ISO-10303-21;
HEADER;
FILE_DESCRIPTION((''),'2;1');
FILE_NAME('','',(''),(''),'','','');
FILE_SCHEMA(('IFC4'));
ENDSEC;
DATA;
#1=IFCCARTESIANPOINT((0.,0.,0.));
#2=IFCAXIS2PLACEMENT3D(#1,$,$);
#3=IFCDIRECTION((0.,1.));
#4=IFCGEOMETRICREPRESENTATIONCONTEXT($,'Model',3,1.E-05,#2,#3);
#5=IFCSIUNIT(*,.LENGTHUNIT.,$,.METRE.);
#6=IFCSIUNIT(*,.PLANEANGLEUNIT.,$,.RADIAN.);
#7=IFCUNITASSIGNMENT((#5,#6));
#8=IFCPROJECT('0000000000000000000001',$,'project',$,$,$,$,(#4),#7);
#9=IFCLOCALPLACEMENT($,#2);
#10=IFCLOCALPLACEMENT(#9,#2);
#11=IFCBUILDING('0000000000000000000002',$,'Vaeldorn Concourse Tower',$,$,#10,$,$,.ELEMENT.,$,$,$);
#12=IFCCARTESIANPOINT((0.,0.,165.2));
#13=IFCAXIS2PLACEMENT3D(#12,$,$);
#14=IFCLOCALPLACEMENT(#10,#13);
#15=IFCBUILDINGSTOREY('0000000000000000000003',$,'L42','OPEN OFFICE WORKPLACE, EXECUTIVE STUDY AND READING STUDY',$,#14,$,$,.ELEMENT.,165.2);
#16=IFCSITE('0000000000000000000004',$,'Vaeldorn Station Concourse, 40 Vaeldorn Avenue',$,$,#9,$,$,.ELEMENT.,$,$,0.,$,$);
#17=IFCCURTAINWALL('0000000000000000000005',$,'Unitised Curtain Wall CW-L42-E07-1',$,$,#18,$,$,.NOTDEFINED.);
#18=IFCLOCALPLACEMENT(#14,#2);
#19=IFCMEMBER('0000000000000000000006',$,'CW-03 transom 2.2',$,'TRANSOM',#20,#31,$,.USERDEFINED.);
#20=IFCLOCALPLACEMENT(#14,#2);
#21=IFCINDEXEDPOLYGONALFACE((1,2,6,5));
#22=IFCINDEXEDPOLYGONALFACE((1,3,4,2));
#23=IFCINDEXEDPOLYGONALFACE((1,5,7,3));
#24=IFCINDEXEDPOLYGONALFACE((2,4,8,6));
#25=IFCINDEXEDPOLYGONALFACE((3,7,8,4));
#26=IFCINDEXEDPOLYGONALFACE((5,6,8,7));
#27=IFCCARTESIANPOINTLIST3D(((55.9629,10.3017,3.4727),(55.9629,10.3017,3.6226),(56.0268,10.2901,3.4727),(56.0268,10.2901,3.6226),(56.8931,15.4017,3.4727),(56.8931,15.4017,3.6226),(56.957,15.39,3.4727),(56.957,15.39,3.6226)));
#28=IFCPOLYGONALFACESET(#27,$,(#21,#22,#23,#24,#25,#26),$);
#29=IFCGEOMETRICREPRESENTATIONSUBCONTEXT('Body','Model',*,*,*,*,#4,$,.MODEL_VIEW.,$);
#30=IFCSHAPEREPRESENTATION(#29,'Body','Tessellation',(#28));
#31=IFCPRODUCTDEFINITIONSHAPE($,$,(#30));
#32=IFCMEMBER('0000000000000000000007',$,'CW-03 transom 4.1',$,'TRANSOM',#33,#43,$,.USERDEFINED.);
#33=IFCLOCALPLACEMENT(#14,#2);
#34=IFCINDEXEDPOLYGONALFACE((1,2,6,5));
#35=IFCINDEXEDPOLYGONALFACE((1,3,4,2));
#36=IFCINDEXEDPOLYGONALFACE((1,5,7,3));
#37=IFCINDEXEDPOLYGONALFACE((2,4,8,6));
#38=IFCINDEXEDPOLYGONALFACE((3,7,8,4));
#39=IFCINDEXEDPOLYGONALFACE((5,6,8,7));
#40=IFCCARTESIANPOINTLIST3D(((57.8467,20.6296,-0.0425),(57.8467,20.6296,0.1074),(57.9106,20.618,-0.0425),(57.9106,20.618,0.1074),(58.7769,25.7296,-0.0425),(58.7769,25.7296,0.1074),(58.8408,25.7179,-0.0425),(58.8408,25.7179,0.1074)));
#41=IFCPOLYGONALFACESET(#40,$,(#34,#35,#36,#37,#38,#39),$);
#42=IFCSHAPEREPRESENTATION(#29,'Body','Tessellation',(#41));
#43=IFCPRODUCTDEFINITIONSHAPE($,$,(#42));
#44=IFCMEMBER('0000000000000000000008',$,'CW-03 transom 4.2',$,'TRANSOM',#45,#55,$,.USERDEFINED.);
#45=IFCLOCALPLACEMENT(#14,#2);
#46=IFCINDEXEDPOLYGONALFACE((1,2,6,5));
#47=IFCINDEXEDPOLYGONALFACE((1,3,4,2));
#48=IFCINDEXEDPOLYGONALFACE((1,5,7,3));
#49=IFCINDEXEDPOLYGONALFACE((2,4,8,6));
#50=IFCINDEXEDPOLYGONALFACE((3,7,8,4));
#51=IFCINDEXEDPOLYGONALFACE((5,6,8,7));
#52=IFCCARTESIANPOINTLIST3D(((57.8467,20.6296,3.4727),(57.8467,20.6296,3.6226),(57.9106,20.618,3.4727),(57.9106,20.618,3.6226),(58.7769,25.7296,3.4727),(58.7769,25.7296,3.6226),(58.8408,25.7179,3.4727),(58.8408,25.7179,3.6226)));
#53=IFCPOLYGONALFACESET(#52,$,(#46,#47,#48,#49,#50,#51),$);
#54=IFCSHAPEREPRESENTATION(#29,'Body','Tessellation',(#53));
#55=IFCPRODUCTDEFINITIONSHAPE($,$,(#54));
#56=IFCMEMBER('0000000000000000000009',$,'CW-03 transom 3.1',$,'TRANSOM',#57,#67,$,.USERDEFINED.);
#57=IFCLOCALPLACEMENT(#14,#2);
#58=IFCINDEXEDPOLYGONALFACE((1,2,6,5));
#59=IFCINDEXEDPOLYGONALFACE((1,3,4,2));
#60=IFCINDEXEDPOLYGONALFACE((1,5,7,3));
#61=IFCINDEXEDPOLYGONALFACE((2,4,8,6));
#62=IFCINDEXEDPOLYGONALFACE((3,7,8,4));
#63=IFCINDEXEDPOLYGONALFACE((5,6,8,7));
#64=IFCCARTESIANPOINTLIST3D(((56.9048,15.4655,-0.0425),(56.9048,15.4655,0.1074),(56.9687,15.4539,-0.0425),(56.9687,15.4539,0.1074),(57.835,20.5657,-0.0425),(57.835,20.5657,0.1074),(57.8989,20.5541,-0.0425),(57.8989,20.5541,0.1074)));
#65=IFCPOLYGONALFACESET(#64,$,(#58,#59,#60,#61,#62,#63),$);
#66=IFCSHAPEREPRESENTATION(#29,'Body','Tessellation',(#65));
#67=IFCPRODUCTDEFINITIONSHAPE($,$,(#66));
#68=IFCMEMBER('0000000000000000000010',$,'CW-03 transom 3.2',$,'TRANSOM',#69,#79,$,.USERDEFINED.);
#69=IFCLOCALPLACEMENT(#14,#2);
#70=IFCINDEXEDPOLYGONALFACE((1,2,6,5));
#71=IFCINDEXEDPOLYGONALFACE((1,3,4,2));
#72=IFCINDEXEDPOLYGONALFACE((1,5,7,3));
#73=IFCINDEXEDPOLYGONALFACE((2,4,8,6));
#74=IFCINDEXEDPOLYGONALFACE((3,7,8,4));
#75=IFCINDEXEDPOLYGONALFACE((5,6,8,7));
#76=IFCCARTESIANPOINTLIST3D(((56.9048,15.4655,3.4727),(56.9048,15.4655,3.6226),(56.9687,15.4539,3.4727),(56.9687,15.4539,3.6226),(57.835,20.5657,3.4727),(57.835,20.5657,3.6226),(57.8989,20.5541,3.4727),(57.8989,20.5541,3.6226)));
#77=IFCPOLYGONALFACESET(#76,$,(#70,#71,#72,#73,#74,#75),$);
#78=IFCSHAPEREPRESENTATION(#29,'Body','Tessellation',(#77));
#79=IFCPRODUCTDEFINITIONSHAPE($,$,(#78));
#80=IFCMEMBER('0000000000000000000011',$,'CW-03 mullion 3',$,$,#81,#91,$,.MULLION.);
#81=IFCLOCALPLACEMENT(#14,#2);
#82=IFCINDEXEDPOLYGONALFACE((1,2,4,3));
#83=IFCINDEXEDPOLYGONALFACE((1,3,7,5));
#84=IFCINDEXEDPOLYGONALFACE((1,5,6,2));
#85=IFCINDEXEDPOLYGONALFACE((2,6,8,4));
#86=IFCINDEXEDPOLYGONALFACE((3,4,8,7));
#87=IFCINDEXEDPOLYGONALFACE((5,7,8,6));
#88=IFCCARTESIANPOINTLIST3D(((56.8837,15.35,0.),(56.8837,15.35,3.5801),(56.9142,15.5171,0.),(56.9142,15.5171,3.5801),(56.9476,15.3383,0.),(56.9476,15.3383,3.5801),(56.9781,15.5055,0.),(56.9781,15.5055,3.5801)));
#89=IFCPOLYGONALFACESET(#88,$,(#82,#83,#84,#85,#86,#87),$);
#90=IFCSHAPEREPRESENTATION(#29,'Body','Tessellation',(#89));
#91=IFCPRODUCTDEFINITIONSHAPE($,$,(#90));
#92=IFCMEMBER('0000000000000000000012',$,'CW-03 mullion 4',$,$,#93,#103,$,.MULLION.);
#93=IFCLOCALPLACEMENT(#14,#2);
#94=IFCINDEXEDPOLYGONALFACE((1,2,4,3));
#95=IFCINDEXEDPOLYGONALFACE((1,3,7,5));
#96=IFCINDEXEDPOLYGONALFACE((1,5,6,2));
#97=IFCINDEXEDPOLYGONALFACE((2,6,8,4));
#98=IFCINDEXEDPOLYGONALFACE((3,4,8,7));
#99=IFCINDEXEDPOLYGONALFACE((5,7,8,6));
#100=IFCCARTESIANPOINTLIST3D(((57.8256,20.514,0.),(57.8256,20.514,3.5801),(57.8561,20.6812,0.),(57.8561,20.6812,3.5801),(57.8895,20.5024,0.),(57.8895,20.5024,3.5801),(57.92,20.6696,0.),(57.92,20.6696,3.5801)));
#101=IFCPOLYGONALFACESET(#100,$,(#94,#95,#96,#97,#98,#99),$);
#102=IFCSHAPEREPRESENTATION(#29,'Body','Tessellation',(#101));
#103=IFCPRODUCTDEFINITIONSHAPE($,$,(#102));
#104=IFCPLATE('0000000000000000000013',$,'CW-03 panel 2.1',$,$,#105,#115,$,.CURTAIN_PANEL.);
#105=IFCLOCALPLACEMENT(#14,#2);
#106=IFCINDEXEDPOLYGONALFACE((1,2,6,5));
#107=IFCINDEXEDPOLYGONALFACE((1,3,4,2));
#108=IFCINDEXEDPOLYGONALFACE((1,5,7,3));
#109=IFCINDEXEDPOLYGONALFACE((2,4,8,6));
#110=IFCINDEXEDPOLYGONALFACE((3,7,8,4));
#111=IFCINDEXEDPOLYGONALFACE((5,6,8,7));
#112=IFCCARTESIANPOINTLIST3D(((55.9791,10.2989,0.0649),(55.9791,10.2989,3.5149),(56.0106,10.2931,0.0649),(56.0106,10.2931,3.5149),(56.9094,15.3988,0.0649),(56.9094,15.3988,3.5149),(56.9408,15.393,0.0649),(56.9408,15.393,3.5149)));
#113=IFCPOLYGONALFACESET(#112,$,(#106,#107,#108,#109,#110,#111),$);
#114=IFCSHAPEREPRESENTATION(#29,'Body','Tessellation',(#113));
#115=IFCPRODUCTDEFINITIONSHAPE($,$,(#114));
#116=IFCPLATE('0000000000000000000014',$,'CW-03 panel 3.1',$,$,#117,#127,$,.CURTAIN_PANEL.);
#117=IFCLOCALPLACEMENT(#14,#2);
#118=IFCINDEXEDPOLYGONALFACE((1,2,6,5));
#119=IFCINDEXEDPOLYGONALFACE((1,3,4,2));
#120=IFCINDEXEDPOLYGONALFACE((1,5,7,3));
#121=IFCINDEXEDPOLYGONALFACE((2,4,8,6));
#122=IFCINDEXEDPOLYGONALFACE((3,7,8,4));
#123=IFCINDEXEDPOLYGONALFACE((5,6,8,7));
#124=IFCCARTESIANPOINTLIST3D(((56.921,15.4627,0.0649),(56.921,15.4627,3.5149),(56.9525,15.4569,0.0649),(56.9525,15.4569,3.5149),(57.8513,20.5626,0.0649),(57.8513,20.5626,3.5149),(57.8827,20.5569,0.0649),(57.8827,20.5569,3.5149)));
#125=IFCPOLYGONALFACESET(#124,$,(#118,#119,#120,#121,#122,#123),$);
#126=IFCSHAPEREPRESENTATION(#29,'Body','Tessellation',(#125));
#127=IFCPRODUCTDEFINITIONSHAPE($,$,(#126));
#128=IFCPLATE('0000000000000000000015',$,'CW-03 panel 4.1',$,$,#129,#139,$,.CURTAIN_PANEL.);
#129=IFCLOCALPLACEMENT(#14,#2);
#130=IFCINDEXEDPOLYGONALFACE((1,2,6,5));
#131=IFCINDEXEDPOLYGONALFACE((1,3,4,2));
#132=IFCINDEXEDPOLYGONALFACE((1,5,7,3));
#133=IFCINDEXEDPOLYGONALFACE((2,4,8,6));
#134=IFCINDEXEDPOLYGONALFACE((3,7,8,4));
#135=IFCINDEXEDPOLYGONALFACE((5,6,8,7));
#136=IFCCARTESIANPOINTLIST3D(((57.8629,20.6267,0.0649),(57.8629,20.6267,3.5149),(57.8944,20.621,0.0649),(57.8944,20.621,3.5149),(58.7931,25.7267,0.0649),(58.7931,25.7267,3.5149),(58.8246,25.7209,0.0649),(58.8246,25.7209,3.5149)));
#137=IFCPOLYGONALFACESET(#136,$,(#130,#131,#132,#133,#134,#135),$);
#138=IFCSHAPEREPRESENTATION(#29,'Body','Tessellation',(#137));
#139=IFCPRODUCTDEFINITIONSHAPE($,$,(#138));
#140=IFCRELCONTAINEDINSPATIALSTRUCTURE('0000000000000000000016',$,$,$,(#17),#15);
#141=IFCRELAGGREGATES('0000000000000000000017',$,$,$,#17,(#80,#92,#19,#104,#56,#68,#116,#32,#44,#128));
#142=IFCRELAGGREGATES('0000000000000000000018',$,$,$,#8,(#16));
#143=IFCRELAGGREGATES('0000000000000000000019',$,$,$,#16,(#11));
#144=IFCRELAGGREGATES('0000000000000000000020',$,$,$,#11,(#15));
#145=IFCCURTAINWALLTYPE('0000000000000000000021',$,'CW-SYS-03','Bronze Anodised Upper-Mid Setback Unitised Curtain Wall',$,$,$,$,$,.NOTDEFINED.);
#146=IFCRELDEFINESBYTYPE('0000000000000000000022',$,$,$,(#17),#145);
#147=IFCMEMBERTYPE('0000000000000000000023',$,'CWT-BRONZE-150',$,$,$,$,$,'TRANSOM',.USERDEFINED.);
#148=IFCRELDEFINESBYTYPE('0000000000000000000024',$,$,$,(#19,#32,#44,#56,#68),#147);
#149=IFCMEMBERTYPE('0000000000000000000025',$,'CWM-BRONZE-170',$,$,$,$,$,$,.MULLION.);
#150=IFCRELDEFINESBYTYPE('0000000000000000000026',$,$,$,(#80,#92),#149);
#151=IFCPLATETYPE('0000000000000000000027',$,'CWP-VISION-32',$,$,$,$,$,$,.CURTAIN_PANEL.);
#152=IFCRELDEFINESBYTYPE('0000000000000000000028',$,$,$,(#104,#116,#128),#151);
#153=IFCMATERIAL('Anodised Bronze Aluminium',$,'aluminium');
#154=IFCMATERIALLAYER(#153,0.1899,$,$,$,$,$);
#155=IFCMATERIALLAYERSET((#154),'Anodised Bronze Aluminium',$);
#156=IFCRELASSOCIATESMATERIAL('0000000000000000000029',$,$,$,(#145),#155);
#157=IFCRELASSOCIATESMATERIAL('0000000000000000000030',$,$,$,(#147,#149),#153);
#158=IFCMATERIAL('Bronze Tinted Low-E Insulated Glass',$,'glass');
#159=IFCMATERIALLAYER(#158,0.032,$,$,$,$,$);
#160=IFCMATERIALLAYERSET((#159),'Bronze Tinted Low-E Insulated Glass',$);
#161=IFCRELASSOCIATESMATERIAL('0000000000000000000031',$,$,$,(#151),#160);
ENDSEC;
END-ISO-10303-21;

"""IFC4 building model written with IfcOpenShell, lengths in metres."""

from ifc_helpers import new_model, si_unit, direction, frame, origin, origin_2d, place, context, subcontext, project, spatial, rectangle, extrude, source, transform, mapped, material, layer, layer_set, material_profile, profile_set, type_object, element, aggregate, save


model = new_model("IFC4")

# Units and contexts
model_context = context("Model", 3, precision=1e-05, world=origin(), true_north=direction((0.0, 1.0)))
body_context = subcontext(model_context, "Body", "Model", "MODEL_VIEW")
ifc_project = project(units=[si_unit("LENGTHUNIT", "METRE"), si_unit("PLANEANGLEUNIT", "RADIAN")], contexts=[model_context])

# Site, building, storey
site_placement = place(None, origin())
site = spatial("IfcSite", under=ifc_project, at=site_placement, Name="Vaeldorn Station Concourse, 40 Vaeldorn Avenue", CompositionType="ELEMENT", RefElevation=0.0)
building_placement = place(site_placement, origin())
building = spatial("IfcBuilding", under=site, at=building_placement, Name="Vaeldorn Concourse Tower", CompositionType="ELEMENT")
storey_placement = place(building_placement, frame((0.0, 0.0, 165.2)))
storey = spatial("IfcBuildingStorey", under=building, at=storey_placement, Name="L42", Description="OPEN OFFICE WORKPLACE, EXECUTIVE STUDY AND READING STUDY", CompositionType="ELEMENT", Elevation=165.2)

# Curtain wall, members, plates
ifc_material_1 = material(Name="Anodised Bronze Aluminium", Category="aluminium")
ifc_layer_1 = layer(ifc_material_1, 0.1899)
ifc_layer_set_1 = layer_set([ifc_layer_1], Name="Anodised Bronze Aluminium")
curtain_wall_type = type_object("IfcCurtainWallType", Name="CW-SYS-03", Description="Bronze Anodised Upper-Mid Setback Unitised Curtain Wall", PredefinedType="NOTDEFINED", material=ifc_layer_set_1)
curtain_wall_placement = place(storey_placement, origin())
curtain_wall = element("IfcCurtainWall", 1, at=curtain_wall_placement, inside=storey, type_object=curtain_wall_type, Name="Unitised Curtain Wall CW-L42-E07-1", PredefinedType="NOTDEFINED")
ifc_material_profile_1 = material_profile(ifc_material_1, rectangle(XDim=0.0649, YDim=0.1499, at=origin_2d()), Name="CWT 65x150")
ifc_profile_set_1 = profile_set([ifc_material_profile_1], Name="Anodised Bronze Aluminium")
member_type_1 = type_object("IfcMemberType", Name="CWT-BRONZE-150", ElementType="TRANSOM", PredefinedType="USERDEFINED", material=ifc_profile_set_1)
shared_shape_1 = source(origin(), body_context, "Body", "SweptSolid", [
    extrude(rectangle(XDim=0.0649, YDim=0.1499, at=origin_2d()), origin(), (0.0, 0.0, 1.0), 5.1841),
])
member_1_placement = place(storey_placement, frame((55.9949, 10.2959, 3.5476), z_axis=(0.179432, 0.98377, 0.0), x_axis=(-0.98377, 0.179432, 0.0)))
member_1 = element("IfcMember", 2, at=member_1_placement, type_object=member_type_1, Name="CW-03 transom 2.2", ObjectType="TRANSOM", PredefinedType="USERDEFINED", context=body_context, shape_type="MappedRepresentation", body=[
    mapped(shared_shape_1, transform((0.0, 0.0, 0.0), scale=1.0)),
])
member_2_placement = place(storey_placement, frame((57.8787, 20.6238, 0.0325), z_axis=(0.179432, 0.98377, 0.0), x_axis=(-0.98377, 0.179432, 0.0)))
member_2 = element("IfcMember", 3, at=member_2_placement, type_object=member_type_1, Name="CW-03 transom 4.1", ObjectType="TRANSOM", PredefinedType="USERDEFINED", context=body_context, shape_type="MappedRepresentation", body=[
    mapped(shared_shape_1, transform((0.0, 0.0, 0.0), scale=1.0)),
])
member_3_placement = place(storey_placement, frame((57.8787, 20.6238, 3.5476), z_axis=(0.179432, 0.98377, 0.0), x_axis=(-0.98377, 0.179432, 0.0)))
member_3 = element("IfcMember", 4, at=member_3_placement, type_object=member_type_1, Name="CW-03 transom 4.2", ObjectType="TRANSOM", PredefinedType="USERDEFINED", context=body_context, shape_type="MappedRepresentation", body=[
    mapped(shared_shape_1, transform((0.0, 0.0, 0.0), scale=1.0)),
])
shared_shape_2 = source(origin(), body_context, "Body", "SweptSolid", [
    extrude(rectangle(XDim=0.0649, YDim=0.1499, at=origin_2d()), origin(), (0.0, 0.0, 1.0), 5.1843),
])
member_4_placement = place(storey_placement, frame((56.9368, 15.4597, 0.0325), z_axis=(0.179424, 0.983772, 0.0), x_axis=(-0.983772, 0.179424, 0.0)))
member_4 = element("IfcMember", 5, at=member_4_placement, type_object=member_type_1, Name="CW-03 transom 3.1", ObjectType="TRANSOM", PredefinedType="USERDEFINED", context=body_context, shape_type="MappedRepresentation", body=[
    mapped(shared_shape_2, transform((0.0, 0.0, 0.0), scale=1.0)),
])
member_5_placement = place(storey_placement, frame((56.9368, 15.4597, 3.5476), z_axis=(0.179424, 0.983772, 0.0), x_axis=(-0.983772, 0.179424, 0.0)))
member_5 = element("IfcMember", 6, at=member_5_placement, type_object=member_type_1, Name="CW-03 transom 3.2", ObjectType="TRANSOM", PredefinedType="USERDEFINED", context=body_context, shape_type="MappedRepresentation", body=[
    mapped(shared_shape_2, transform((0.0, 0.0, 0.0), scale=1.0)),
])
ifc_material_profile_2 = material_profile(ifc_material_1, rectangle(XDim=0.0649, YDim=0.1699, at=origin_2d()), Name="CWM 65x170")
ifc_profile_set_2 = profile_set([ifc_material_profile_2], Name="Anodised Bronze Aluminium")
member_type_2 = type_object("IfcMemberType", Name="CWM-BRONZE-170", PredefinedType="MULLION", material=ifc_profile_set_2)
shared_shape_3 = source(origin(), body_context, "Body", "SweptSolid", [
    extrude(rectangle(XDim=0.0649, YDim=0.1699, at=origin_2d()), origin(), (0.0, 0.0, 1.0), 3.5801),
])
member_6_placement = place(storey_placement, frame((56.9309, 15.4277, 0.0), z_axis=(0.0, 0.0, 1.0), x_axis=(-0.983768, 0.179446, 0.0)))
member_6 = element("IfcMember", 7, at=member_6_placement, type_object=member_type_2, Name="CW-03 mullion 3", PredefinedType="MULLION", context=body_context, shape_type="MappedRepresentation", body=[
    mapped(shared_shape_3, transform((0.0, 0.0, 0.0), scale=1.0)),
])
member_7_placement = place(storey_placement, frame((57.8728, 20.5918, 0.0), z_axis=(0.0, 0.0, 1.0), x_axis=(-0.983768, 0.179446, 0.0)))
member_7 = element("IfcMember", 8, at=member_7_placement, type_object=member_type_2, Name="CW-03 mullion 4", PredefinedType="MULLION", context=body_context, shape_type="MappedRepresentation", body=[
    mapped(shared_shape_3, transform((0.0, 0.0, 0.0), scale=1.0)),
])
ifc_material_2 = material(Name="Bronze Tinted Low-E Insulated Glass", Category="glass")
ifc_layer_2 = layer(ifc_material_2, 0.032)
ifc_layer_set_2 = layer_set([ifc_layer_2], Name="Bronze Tinted Low-E Insulated Glass")
plate_type = type_object("IfcPlateType", Name="CWP-VISION-32", PredefinedType="CURTAIN_PANEL", material=ifc_layer_set_2)
shared_shape_4 = source(origin(), body_context, "Body", "SweptSolid", [
    extrude(rectangle(XDim=5.1841, YDim=0.032, at=origin_2d()), origin(), (0.0, 0.0, 1.0), 3.45),
])
plate_1_placement = place(storey_placement, frame((56.46, 12.8459, 0.0649), z_axis=(0.0, 0.0, 1.0), x_axis=(0.179446, 0.983768, 0.0)))
plate_1 = element("IfcPlate", 9, at=plate_1_placement, type_object=plate_type, Name="CW-03 panel 2.1", PredefinedType="CURTAIN_PANEL", context=body_context, shape_type="MappedRepresentation", body=[
    mapped(shared_shape_4, transform((0.0, 0.0, 0.0), scale=1.0)),
])
plate_2_placement = place(storey_placement, frame((57.4019, 18.0098, 0.0649), z_axis=(0.0, 0.0, 1.0), x_axis=(0.179446, 0.983768, 0.0)))
plate_2 = element("IfcPlate", 10, at=plate_2_placement, type_object=plate_type, Name="CW-03 panel 3.1", PredefinedType="CURTAIN_PANEL", context=body_context, shape_type="MappedRepresentation", body=[
    mapped(shared_shape_4, transform((0.0, 0.0, 0.0), scale=1.0)),
])
plate_3_placement = place(storey_placement, frame((58.3438, 23.1738, 0.0649), z_axis=(0.0, 0.0, 1.0), x_axis=(0.179446, 0.983768, 0.0)))
plate_3 = element("IfcPlate", 11, at=plate_3_placement, type_object=plate_type, Name="CW-03 panel 4.1", PredefinedType="CURTAIN_PANEL", context=body_context, shape_type="MappedRepresentation", body=[
    mapped(shared_shape_4, transform((0.0, 0.0, 0.0), scale=1.0)),
])
aggregate(curtain_wall, [member_6, member_7, member_1, plate_1, member_4, member_5, plate_2, member_2, member_3, plate_3])

save(model, "model.ifc")
